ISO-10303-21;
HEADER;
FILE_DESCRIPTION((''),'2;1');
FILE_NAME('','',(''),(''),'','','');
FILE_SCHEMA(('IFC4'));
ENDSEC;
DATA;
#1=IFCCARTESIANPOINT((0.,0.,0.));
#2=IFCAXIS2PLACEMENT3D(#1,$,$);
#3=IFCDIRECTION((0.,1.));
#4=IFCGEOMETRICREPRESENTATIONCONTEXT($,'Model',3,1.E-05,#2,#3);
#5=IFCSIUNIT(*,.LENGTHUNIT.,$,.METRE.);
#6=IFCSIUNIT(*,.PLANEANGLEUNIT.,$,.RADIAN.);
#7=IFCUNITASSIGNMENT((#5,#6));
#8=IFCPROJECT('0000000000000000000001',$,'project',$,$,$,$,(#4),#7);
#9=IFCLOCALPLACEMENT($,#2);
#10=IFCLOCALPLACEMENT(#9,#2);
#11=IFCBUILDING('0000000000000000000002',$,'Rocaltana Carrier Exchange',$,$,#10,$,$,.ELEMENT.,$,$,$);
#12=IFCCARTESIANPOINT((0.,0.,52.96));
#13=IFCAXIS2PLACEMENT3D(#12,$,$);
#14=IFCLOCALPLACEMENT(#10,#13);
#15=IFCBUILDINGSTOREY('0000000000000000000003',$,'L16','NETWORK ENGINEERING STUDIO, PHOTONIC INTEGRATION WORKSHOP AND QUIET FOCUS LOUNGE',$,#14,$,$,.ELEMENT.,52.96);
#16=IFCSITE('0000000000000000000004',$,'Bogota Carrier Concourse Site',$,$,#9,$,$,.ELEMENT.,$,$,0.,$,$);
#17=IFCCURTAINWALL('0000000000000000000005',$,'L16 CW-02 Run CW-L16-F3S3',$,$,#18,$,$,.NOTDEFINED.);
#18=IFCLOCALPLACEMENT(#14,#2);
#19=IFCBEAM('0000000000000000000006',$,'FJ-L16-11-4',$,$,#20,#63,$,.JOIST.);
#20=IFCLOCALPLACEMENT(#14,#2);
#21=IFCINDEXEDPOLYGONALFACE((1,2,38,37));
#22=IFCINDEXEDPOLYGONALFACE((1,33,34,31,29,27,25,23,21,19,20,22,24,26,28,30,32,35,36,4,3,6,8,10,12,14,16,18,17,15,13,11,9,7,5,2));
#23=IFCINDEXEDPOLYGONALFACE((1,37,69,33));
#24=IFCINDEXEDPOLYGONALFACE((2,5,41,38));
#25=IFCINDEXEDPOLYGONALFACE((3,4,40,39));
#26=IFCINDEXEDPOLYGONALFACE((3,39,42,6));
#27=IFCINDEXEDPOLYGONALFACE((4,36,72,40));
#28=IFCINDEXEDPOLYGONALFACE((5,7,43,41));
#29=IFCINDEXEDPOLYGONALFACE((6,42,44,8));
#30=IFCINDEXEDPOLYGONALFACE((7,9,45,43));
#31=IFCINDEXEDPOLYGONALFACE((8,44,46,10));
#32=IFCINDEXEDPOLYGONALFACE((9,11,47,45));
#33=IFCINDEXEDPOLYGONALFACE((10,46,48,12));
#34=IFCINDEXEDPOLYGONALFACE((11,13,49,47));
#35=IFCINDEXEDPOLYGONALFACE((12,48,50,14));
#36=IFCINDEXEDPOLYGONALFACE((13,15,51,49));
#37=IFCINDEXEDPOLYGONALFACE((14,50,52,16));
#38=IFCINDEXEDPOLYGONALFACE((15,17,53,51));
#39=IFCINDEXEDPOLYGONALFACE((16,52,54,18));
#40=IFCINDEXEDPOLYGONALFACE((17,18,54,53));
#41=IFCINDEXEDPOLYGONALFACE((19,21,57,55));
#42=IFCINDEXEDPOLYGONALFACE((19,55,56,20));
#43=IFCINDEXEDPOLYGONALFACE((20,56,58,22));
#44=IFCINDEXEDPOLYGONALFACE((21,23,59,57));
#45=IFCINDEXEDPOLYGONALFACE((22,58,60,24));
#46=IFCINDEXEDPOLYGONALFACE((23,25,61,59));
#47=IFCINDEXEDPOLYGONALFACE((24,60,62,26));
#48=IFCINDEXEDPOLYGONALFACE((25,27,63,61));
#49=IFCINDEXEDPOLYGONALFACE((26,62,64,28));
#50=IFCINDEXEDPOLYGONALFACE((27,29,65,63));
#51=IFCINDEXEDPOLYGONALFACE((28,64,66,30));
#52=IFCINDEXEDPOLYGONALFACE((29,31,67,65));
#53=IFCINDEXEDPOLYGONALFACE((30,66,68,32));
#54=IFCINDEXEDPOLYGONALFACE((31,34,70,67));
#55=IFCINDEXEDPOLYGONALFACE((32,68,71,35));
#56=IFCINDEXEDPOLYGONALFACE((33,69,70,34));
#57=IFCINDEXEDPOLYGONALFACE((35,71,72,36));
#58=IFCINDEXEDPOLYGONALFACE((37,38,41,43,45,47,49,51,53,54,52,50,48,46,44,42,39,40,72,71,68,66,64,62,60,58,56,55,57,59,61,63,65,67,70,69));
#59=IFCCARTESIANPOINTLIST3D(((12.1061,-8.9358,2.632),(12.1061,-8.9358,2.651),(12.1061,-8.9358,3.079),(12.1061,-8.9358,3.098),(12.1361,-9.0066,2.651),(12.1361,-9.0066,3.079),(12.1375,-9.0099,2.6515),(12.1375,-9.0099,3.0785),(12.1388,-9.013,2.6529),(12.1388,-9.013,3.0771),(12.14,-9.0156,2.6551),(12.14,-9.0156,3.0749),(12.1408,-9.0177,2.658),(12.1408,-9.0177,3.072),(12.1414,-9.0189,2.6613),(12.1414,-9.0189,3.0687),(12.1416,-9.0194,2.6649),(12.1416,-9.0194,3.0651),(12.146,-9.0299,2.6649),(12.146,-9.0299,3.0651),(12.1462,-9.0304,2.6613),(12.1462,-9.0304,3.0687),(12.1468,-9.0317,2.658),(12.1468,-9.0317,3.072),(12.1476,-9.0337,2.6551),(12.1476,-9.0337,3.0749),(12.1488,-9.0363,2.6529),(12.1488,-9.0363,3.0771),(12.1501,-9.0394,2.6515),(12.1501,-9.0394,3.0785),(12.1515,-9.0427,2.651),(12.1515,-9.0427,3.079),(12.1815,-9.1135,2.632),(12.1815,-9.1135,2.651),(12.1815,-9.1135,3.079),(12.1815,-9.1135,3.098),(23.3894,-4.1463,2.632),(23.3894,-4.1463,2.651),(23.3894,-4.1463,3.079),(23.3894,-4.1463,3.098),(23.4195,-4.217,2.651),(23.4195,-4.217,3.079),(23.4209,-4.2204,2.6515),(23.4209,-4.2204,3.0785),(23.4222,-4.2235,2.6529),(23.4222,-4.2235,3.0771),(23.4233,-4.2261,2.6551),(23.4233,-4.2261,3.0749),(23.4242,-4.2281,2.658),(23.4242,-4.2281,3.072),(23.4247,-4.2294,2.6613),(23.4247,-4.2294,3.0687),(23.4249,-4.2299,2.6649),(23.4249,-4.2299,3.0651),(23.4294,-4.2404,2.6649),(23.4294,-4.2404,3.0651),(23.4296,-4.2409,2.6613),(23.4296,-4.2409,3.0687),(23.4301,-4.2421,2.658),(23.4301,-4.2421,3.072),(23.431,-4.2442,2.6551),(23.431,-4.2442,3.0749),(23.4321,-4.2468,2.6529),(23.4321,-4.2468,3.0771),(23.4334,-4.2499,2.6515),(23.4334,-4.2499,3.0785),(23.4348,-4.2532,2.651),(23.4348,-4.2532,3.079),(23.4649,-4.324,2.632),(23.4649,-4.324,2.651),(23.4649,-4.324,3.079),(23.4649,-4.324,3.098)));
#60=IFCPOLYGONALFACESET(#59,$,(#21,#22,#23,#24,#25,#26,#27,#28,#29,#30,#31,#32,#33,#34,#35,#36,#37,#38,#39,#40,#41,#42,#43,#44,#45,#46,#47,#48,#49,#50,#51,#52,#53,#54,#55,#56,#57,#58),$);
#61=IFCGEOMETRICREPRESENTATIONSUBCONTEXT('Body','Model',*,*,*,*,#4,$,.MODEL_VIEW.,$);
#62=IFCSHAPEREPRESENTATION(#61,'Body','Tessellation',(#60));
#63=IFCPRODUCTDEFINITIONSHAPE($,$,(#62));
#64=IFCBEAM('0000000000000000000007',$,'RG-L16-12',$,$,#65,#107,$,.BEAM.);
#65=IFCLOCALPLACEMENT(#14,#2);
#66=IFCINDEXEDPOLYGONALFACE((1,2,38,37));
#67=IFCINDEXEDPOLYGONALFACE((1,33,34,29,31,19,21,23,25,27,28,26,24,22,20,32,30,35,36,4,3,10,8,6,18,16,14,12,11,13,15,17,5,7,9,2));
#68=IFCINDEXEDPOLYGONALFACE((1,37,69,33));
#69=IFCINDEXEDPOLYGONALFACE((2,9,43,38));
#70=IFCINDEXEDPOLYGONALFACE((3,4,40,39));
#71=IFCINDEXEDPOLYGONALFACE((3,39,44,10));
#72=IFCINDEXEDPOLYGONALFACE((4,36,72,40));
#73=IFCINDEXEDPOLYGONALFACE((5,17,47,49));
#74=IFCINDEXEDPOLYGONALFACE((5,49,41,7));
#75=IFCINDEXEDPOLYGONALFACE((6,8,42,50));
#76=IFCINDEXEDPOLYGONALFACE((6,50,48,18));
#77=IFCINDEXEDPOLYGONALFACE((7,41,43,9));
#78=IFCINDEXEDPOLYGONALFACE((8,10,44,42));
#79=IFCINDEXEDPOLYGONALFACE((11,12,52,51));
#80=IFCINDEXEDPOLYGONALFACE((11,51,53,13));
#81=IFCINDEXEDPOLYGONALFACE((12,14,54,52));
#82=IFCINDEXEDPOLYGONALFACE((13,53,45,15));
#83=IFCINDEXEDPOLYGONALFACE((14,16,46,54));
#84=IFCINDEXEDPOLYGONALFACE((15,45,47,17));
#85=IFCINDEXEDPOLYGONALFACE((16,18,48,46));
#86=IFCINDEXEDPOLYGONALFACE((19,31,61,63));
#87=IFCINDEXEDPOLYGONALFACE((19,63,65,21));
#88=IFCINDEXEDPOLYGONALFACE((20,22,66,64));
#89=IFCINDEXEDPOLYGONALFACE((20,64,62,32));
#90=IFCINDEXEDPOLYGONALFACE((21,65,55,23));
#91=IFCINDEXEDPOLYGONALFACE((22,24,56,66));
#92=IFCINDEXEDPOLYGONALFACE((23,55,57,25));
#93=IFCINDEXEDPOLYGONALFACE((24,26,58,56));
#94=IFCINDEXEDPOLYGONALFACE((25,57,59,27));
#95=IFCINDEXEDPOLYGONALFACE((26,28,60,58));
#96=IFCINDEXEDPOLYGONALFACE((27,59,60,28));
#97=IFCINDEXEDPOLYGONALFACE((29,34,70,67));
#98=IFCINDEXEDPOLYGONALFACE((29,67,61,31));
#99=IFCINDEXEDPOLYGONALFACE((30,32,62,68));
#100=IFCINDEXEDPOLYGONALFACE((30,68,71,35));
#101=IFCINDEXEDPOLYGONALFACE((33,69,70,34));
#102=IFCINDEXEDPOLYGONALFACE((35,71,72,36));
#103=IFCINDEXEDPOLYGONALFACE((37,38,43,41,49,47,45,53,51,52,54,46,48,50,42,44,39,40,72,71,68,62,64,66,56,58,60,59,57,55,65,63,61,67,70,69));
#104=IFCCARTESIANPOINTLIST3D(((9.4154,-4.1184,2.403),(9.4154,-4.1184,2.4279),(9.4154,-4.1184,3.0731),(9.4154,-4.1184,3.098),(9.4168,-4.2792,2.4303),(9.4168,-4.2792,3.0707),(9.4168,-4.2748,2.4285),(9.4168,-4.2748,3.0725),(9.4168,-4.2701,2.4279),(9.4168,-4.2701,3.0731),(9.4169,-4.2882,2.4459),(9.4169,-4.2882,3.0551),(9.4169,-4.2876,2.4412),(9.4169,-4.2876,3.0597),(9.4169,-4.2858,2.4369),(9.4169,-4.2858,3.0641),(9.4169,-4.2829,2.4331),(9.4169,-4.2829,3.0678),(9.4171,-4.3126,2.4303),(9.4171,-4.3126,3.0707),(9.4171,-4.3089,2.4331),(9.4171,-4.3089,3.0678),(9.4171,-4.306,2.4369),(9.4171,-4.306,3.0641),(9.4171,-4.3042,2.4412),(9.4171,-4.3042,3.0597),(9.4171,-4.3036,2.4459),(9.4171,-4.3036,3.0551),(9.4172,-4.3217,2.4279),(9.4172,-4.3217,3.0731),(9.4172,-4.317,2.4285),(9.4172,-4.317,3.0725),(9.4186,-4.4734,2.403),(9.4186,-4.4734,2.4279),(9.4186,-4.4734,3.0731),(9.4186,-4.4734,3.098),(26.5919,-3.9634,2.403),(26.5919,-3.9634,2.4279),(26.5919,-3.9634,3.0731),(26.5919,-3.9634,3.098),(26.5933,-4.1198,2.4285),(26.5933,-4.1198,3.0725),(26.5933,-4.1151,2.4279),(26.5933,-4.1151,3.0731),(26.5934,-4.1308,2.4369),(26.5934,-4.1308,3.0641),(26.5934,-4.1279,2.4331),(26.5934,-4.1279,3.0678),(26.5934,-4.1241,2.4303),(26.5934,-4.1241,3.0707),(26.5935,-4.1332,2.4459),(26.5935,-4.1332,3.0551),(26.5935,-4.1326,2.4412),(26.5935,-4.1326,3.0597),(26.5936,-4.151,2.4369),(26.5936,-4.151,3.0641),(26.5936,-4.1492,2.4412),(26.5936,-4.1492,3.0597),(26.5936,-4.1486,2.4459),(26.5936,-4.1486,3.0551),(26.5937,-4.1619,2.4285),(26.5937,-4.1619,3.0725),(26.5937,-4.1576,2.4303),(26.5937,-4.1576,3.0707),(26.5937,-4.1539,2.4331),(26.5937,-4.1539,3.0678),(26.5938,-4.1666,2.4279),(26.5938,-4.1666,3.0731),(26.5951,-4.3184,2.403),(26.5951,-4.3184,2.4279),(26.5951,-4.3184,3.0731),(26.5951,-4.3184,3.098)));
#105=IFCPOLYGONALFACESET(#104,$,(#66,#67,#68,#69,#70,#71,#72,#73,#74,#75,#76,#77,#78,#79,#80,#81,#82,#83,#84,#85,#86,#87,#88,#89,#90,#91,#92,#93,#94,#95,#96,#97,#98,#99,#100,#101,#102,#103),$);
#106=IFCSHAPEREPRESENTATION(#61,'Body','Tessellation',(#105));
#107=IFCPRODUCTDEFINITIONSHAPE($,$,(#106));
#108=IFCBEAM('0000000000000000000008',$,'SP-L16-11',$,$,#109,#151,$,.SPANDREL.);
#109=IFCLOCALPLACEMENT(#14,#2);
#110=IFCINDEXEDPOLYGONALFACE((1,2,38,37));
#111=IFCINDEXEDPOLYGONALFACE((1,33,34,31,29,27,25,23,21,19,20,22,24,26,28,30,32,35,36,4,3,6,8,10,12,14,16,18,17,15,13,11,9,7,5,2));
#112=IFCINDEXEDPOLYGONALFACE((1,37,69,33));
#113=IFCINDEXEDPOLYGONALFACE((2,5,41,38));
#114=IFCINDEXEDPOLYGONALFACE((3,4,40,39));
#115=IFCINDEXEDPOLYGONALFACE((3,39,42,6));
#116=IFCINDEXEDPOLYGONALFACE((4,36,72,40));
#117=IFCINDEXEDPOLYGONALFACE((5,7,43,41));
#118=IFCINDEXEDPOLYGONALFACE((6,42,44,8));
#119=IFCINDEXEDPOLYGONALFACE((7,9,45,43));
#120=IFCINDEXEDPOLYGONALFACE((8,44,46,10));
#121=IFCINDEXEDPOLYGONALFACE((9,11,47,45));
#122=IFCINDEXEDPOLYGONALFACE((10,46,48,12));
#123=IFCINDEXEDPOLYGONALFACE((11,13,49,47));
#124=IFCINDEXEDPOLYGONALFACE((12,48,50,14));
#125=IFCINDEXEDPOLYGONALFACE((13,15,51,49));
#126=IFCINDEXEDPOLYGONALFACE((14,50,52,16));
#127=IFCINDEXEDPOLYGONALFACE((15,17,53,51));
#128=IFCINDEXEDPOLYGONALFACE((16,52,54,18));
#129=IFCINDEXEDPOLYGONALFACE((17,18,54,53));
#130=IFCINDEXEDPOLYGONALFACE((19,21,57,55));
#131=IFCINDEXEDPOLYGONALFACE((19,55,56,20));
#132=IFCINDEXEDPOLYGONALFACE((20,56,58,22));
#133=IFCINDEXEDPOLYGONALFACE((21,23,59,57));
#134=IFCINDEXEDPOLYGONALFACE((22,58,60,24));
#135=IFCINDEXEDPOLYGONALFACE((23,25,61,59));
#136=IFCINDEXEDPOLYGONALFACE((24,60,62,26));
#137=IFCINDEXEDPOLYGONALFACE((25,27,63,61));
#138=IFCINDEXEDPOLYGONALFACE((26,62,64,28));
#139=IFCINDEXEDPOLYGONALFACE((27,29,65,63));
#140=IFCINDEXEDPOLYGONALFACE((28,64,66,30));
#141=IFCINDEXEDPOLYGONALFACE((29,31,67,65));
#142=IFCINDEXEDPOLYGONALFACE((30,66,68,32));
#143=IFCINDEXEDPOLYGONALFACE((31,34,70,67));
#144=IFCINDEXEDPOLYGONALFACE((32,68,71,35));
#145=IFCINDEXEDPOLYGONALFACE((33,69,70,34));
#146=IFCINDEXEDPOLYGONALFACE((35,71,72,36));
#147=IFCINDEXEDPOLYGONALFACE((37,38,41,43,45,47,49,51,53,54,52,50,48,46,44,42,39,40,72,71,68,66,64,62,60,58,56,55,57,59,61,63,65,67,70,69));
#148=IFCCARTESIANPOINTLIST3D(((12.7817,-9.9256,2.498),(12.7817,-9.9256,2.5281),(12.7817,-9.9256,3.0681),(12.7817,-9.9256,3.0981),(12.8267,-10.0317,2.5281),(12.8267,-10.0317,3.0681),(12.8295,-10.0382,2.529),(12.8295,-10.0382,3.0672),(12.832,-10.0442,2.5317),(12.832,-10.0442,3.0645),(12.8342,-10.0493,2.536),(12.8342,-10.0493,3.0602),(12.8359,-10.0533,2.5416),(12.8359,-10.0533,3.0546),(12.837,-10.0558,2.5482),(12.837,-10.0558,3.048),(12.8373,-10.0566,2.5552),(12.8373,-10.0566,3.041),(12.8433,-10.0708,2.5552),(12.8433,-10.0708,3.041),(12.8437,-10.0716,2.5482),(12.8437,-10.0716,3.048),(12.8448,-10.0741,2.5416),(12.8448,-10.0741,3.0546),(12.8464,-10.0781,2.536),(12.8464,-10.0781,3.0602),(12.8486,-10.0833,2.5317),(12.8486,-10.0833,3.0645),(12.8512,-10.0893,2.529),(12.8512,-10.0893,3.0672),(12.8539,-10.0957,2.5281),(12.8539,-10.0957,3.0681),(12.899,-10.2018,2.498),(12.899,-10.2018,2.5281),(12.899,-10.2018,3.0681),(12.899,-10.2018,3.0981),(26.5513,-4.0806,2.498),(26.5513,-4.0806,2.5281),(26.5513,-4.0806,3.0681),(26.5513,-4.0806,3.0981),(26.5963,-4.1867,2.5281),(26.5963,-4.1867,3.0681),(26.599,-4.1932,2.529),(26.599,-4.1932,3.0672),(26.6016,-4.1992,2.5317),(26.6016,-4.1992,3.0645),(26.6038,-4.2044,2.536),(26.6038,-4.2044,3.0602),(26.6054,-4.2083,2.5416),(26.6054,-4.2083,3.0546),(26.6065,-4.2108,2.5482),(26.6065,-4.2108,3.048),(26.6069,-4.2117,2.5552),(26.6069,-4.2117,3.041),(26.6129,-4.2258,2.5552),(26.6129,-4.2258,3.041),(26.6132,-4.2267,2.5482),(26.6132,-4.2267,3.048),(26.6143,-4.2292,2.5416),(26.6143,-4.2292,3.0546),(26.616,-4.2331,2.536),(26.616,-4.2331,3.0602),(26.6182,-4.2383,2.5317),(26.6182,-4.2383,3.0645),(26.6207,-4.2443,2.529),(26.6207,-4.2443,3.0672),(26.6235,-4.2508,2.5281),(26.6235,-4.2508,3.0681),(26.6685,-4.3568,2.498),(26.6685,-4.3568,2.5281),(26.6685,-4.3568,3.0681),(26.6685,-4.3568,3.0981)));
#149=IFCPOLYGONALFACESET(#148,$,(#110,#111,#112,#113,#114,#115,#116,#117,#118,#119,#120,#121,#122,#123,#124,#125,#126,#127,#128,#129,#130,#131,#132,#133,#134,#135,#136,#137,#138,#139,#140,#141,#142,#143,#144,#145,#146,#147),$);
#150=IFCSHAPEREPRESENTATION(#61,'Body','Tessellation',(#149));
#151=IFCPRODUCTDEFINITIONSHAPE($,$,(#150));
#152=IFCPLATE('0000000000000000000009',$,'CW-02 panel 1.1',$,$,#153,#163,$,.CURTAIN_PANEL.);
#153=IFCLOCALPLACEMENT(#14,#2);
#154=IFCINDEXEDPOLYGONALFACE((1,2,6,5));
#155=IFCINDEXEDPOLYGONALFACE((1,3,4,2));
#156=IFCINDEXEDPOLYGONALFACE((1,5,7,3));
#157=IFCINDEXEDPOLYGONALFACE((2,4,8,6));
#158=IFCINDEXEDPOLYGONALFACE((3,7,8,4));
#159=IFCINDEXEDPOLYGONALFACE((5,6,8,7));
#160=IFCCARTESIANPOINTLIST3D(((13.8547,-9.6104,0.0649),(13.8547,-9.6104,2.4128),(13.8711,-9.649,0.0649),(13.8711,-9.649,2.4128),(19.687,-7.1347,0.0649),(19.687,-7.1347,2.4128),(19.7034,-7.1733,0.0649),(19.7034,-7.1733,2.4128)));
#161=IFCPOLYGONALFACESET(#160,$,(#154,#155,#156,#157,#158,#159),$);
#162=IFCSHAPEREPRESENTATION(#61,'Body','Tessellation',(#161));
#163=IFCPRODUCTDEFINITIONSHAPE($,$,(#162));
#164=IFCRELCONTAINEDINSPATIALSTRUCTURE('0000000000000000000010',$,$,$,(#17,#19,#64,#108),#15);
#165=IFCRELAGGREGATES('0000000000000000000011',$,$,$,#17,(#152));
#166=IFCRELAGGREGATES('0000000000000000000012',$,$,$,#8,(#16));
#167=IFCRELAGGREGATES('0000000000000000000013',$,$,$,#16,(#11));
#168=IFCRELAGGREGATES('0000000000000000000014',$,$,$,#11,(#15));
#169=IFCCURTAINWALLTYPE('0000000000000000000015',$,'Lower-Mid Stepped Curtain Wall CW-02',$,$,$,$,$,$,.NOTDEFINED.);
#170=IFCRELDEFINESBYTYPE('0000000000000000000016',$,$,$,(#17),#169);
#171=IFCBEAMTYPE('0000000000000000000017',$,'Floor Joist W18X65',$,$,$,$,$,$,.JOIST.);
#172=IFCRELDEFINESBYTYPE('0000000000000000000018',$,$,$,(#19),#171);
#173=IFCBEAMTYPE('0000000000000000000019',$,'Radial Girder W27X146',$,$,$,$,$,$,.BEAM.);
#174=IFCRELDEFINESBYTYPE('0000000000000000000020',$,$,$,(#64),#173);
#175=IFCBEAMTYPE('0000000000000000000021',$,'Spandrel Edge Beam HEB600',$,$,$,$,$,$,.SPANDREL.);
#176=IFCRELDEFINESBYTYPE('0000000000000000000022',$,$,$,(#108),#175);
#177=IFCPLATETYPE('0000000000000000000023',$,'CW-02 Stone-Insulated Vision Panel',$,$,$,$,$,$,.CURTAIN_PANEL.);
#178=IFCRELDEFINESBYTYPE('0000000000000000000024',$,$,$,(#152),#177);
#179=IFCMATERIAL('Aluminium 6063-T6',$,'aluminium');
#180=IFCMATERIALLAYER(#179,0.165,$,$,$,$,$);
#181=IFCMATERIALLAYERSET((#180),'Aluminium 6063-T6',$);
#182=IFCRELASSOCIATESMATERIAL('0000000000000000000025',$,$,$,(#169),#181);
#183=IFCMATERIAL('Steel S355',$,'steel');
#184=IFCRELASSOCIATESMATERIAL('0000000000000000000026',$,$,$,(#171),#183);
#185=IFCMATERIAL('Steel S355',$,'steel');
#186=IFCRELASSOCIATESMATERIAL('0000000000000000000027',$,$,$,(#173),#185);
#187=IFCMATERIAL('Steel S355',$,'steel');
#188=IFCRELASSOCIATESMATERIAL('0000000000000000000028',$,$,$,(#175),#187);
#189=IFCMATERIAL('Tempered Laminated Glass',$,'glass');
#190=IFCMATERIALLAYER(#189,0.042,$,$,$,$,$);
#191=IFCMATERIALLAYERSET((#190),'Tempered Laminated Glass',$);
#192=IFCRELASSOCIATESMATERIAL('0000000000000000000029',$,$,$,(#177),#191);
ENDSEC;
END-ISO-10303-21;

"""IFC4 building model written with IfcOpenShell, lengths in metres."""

from ifc_helpers import new_model, si_unit, direction, frame, origin, origin_2d, place, context, subcontext, project, spatial, rectangle, i_section, extrude, material, layer, layer_set, material_profile, profile_set, type_object, element, aggregate, save


model = new_model("IFC4")

# Units and contexts
model_context = context("Model", 3, precision=1e-05, world=origin(), true_north=direction((0.0, 1.0)))
body_context = subcontext(model_context, "Body", "Model", "MODEL_VIEW")
ifc_project = project(units=[si_unit("LENGTHUNIT", "METRE"), si_unit("PLANEANGLEUNIT", "RADIAN")], contexts=[model_context])

# Site, building, storey
site_placement = place(None, origin())
site = spatial("IfcSite", under=ifc_project, at=site_placement, Name="Bogota Carrier Concourse Site", CompositionType="ELEMENT", RefElevation=0.0)
building_placement = place(site_placement, origin())
building = spatial("IfcBuilding", under=site, at=building_placement, Name="Rocaltana Carrier Exchange", CompositionType="ELEMENT")
storey_placement = place(building_placement, frame((0.0, 0.0, 52.96)))
storey = spatial("IfcBuildingStorey", under=building, at=storey_placement, Name="L16", Description="NETWORK ENGINEERING STUDIO, PHOTONIC INTEGRATION WORKSHOP AND QUIET FOCUS LOUNGE", CompositionType="ELEMENT", Elevation=52.96)

# Shared definitions
ifc_material_1 = material(Name="Aluminium 6063-T6", Category="aluminium")
ifc_layer_1 = layer(ifc_material_1, 0.165)
ifc_layer_set_1 = layer_set([ifc_layer_1], Name="Aluminium 6063-T6")
curtain_wall_type = type_object("IfcCurtainWallType", Name="Lower-Mid Stepped Curtain Wall CW-02", PredefinedType="NOTDEFINED", material=ifc_layer_set_1)

# Curtain wall
curtain_wall_1_placement = place(storey_placement, origin())
curtain_wall_1 = element("IfcCurtainWall", 1, at=curtain_wall_1_placement, inside=storey, type_object=curtain_wall_type, Name="L16 CW-02 Run CW-L16-F3S3", PredefinedType="NOTDEFINED")

# Beams
ifc_material_2 = material(Name="Steel S355", Category="steel")
ifc_material_profile_1 = material_profile(ifc_material_2, i_section(OverallWidth=0.1931, OverallDepth=0.4661, WebThickness=0.0115, FlangeThickness=0.019, FilletRadius=0.0139, at=origin_2d()), Name="W18X65")
ifc_profile_set_1 = profile_set([ifc_material_profile_1], Name="Steel S355")
beam_type_1 = type_object("IfcBeamType", Name="Floor Joist W18X65", PredefinedType="JOIST", material=ifc_profile_set_1)
beam_1_placement = place(storey_placement, frame((12.1438, -9.0247, 2.865), z_axis=(0.920505, 0.390732, 0.0), x_axis=(-0.390732, 0.920505, 0.0)))
element("IfcBeam", 2, at=beam_1_placement, inside=storey, type_object=beam_type_1, Name="FJ-L16-11-4", PredefinedType="JOIST", context=body_context, shape_type="SweptSolid", body=[
    extrude(i_section(OverallWidth=0.1931, OverallDepth=0.4661, WebThickness=0.0115, FlangeThickness=0.019, FilletRadius=0.0139, at=origin_2d()), origin(), (0.0, 0.0, 1.0), 12.2578),
])
ifc_material_3 = material(Name="Steel S355", Category="steel")
ifc_material_profile_2 = material_profile(ifc_material_3, i_section(OverallWidth=0.355, OverallDepth=0.6951, WebThickness=0.0154, FlangeThickness=0.0249, FilletRadius=0.0181, at=origin_2d()), Name="W27X146")
ifc_profile_set_2 = profile_set([ifc_material_profile_2], Name="Steel S355")
beam_type_2 = type_object("IfcBeamType", Name="Radial Girder W27X146", PredefinedType="BEAM", material=ifc_profile_set_2)
beam_2_placement = place(storey_placement, frame((9.417, -4.2959, 2.7505), z_axis=(0.999959, 0.009025, 0.0), x_axis=(-0.009025, 0.999959, 0.0)))
element("IfcBeam", 3, at=beam_2_placement, inside=storey, type_object=beam_type_2, Name="RG-L16-12", PredefinedType="BEAM", context=body_context, shape_type="SweptSolid", body=[
    extrude(i_section(OverallWidth=0.355, OverallDepth=0.6951, WebThickness=0.0154, FlangeThickness=0.0249, FilletRadius=0.0181, at=origin_2d()), origin(), (0.0, 0.0, 1.0), 17.1772),
])
ifc_material_4 = material(Name="Steel S355", Category="steel")
ifc_material_profile_3 = material_profile(ifc_material_4, i_section(OverallWidth=0.3, OverallDepth=0.6001, WebThickness=0.0154, FlangeThickness=0.03, FilletRadius=0.0271, at=origin_2d()), Name="HEB600")
ifc_profile_set_3 = profile_set([ifc_material_profile_3], Name="Steel S355")
beam_type_3 = type_object("IfcBeamType", Name="Spandrel Edge Beam HEB600", PredefinedType="SPANDREL", material=ifc_profile_set_3)
beam_3_placement = place(storey_placement, frame((12.8403, -10.0637, 2.7981), z_axis=(0.920501, 0.39074, 0.0), x_axis=(-0.39074, 0.920501, 0.0)))
element("IfcBeam", 4, at=beam_3_placement, inside=storey, type_object=beam_type_3, Name="SP-L16-11", PredefinedType="SPANDREL", context=body_context, shape_type="SweptSolid", body=[
    extrude(i_section(OverallWidth=0.3, OverallDepth=0.6001, WebThickness=0.0154, FlangeThickness=0.03, FilletRadius=0.0271, at=origin_2d()), origin(), (0.0, 0.0, 1.0), 14.9587),
])

# Plate
ifc_material_5 = material(Name="Tempered Laminated Glass", Category="glass")
ifc_layer_2 = layer(ifc_material_5, 0.042)
ifc_layer_set_2 = layer_set([ifc_layer_2], Name="Tempered Laminated Glass")
plate_type = type_object("IfcPlateType", Name="CW-02 Stone-Insulated Vision Panel", PredefinedType="CURTAIN_PANEL", material=ifc_layer_set_2)
plate_placement = place(storey_placement, frame((16.7791, -8.3918, 0.0649), z_axis=(0.0, 0.0, 1.0), x_axis=(0.920503, 0.390735, 0.0)))
plate = element("IfcPlate", 5, at=plate_placement, type_object=plate_type, Name="CW-02 panel 1.1", PredefinedType="CURTAIN_PANEL", context=body_context, shape_type="SweptSolid", body=[
    extrude(rectangle(XDim=6.3359, YDim=0.042, at=origin_2d()), origin(), (0.0, 0.0, 1.0), 2.3479),
])
aggregate(curtain_wall_1, [plate])

save(model, "model.ifc")
